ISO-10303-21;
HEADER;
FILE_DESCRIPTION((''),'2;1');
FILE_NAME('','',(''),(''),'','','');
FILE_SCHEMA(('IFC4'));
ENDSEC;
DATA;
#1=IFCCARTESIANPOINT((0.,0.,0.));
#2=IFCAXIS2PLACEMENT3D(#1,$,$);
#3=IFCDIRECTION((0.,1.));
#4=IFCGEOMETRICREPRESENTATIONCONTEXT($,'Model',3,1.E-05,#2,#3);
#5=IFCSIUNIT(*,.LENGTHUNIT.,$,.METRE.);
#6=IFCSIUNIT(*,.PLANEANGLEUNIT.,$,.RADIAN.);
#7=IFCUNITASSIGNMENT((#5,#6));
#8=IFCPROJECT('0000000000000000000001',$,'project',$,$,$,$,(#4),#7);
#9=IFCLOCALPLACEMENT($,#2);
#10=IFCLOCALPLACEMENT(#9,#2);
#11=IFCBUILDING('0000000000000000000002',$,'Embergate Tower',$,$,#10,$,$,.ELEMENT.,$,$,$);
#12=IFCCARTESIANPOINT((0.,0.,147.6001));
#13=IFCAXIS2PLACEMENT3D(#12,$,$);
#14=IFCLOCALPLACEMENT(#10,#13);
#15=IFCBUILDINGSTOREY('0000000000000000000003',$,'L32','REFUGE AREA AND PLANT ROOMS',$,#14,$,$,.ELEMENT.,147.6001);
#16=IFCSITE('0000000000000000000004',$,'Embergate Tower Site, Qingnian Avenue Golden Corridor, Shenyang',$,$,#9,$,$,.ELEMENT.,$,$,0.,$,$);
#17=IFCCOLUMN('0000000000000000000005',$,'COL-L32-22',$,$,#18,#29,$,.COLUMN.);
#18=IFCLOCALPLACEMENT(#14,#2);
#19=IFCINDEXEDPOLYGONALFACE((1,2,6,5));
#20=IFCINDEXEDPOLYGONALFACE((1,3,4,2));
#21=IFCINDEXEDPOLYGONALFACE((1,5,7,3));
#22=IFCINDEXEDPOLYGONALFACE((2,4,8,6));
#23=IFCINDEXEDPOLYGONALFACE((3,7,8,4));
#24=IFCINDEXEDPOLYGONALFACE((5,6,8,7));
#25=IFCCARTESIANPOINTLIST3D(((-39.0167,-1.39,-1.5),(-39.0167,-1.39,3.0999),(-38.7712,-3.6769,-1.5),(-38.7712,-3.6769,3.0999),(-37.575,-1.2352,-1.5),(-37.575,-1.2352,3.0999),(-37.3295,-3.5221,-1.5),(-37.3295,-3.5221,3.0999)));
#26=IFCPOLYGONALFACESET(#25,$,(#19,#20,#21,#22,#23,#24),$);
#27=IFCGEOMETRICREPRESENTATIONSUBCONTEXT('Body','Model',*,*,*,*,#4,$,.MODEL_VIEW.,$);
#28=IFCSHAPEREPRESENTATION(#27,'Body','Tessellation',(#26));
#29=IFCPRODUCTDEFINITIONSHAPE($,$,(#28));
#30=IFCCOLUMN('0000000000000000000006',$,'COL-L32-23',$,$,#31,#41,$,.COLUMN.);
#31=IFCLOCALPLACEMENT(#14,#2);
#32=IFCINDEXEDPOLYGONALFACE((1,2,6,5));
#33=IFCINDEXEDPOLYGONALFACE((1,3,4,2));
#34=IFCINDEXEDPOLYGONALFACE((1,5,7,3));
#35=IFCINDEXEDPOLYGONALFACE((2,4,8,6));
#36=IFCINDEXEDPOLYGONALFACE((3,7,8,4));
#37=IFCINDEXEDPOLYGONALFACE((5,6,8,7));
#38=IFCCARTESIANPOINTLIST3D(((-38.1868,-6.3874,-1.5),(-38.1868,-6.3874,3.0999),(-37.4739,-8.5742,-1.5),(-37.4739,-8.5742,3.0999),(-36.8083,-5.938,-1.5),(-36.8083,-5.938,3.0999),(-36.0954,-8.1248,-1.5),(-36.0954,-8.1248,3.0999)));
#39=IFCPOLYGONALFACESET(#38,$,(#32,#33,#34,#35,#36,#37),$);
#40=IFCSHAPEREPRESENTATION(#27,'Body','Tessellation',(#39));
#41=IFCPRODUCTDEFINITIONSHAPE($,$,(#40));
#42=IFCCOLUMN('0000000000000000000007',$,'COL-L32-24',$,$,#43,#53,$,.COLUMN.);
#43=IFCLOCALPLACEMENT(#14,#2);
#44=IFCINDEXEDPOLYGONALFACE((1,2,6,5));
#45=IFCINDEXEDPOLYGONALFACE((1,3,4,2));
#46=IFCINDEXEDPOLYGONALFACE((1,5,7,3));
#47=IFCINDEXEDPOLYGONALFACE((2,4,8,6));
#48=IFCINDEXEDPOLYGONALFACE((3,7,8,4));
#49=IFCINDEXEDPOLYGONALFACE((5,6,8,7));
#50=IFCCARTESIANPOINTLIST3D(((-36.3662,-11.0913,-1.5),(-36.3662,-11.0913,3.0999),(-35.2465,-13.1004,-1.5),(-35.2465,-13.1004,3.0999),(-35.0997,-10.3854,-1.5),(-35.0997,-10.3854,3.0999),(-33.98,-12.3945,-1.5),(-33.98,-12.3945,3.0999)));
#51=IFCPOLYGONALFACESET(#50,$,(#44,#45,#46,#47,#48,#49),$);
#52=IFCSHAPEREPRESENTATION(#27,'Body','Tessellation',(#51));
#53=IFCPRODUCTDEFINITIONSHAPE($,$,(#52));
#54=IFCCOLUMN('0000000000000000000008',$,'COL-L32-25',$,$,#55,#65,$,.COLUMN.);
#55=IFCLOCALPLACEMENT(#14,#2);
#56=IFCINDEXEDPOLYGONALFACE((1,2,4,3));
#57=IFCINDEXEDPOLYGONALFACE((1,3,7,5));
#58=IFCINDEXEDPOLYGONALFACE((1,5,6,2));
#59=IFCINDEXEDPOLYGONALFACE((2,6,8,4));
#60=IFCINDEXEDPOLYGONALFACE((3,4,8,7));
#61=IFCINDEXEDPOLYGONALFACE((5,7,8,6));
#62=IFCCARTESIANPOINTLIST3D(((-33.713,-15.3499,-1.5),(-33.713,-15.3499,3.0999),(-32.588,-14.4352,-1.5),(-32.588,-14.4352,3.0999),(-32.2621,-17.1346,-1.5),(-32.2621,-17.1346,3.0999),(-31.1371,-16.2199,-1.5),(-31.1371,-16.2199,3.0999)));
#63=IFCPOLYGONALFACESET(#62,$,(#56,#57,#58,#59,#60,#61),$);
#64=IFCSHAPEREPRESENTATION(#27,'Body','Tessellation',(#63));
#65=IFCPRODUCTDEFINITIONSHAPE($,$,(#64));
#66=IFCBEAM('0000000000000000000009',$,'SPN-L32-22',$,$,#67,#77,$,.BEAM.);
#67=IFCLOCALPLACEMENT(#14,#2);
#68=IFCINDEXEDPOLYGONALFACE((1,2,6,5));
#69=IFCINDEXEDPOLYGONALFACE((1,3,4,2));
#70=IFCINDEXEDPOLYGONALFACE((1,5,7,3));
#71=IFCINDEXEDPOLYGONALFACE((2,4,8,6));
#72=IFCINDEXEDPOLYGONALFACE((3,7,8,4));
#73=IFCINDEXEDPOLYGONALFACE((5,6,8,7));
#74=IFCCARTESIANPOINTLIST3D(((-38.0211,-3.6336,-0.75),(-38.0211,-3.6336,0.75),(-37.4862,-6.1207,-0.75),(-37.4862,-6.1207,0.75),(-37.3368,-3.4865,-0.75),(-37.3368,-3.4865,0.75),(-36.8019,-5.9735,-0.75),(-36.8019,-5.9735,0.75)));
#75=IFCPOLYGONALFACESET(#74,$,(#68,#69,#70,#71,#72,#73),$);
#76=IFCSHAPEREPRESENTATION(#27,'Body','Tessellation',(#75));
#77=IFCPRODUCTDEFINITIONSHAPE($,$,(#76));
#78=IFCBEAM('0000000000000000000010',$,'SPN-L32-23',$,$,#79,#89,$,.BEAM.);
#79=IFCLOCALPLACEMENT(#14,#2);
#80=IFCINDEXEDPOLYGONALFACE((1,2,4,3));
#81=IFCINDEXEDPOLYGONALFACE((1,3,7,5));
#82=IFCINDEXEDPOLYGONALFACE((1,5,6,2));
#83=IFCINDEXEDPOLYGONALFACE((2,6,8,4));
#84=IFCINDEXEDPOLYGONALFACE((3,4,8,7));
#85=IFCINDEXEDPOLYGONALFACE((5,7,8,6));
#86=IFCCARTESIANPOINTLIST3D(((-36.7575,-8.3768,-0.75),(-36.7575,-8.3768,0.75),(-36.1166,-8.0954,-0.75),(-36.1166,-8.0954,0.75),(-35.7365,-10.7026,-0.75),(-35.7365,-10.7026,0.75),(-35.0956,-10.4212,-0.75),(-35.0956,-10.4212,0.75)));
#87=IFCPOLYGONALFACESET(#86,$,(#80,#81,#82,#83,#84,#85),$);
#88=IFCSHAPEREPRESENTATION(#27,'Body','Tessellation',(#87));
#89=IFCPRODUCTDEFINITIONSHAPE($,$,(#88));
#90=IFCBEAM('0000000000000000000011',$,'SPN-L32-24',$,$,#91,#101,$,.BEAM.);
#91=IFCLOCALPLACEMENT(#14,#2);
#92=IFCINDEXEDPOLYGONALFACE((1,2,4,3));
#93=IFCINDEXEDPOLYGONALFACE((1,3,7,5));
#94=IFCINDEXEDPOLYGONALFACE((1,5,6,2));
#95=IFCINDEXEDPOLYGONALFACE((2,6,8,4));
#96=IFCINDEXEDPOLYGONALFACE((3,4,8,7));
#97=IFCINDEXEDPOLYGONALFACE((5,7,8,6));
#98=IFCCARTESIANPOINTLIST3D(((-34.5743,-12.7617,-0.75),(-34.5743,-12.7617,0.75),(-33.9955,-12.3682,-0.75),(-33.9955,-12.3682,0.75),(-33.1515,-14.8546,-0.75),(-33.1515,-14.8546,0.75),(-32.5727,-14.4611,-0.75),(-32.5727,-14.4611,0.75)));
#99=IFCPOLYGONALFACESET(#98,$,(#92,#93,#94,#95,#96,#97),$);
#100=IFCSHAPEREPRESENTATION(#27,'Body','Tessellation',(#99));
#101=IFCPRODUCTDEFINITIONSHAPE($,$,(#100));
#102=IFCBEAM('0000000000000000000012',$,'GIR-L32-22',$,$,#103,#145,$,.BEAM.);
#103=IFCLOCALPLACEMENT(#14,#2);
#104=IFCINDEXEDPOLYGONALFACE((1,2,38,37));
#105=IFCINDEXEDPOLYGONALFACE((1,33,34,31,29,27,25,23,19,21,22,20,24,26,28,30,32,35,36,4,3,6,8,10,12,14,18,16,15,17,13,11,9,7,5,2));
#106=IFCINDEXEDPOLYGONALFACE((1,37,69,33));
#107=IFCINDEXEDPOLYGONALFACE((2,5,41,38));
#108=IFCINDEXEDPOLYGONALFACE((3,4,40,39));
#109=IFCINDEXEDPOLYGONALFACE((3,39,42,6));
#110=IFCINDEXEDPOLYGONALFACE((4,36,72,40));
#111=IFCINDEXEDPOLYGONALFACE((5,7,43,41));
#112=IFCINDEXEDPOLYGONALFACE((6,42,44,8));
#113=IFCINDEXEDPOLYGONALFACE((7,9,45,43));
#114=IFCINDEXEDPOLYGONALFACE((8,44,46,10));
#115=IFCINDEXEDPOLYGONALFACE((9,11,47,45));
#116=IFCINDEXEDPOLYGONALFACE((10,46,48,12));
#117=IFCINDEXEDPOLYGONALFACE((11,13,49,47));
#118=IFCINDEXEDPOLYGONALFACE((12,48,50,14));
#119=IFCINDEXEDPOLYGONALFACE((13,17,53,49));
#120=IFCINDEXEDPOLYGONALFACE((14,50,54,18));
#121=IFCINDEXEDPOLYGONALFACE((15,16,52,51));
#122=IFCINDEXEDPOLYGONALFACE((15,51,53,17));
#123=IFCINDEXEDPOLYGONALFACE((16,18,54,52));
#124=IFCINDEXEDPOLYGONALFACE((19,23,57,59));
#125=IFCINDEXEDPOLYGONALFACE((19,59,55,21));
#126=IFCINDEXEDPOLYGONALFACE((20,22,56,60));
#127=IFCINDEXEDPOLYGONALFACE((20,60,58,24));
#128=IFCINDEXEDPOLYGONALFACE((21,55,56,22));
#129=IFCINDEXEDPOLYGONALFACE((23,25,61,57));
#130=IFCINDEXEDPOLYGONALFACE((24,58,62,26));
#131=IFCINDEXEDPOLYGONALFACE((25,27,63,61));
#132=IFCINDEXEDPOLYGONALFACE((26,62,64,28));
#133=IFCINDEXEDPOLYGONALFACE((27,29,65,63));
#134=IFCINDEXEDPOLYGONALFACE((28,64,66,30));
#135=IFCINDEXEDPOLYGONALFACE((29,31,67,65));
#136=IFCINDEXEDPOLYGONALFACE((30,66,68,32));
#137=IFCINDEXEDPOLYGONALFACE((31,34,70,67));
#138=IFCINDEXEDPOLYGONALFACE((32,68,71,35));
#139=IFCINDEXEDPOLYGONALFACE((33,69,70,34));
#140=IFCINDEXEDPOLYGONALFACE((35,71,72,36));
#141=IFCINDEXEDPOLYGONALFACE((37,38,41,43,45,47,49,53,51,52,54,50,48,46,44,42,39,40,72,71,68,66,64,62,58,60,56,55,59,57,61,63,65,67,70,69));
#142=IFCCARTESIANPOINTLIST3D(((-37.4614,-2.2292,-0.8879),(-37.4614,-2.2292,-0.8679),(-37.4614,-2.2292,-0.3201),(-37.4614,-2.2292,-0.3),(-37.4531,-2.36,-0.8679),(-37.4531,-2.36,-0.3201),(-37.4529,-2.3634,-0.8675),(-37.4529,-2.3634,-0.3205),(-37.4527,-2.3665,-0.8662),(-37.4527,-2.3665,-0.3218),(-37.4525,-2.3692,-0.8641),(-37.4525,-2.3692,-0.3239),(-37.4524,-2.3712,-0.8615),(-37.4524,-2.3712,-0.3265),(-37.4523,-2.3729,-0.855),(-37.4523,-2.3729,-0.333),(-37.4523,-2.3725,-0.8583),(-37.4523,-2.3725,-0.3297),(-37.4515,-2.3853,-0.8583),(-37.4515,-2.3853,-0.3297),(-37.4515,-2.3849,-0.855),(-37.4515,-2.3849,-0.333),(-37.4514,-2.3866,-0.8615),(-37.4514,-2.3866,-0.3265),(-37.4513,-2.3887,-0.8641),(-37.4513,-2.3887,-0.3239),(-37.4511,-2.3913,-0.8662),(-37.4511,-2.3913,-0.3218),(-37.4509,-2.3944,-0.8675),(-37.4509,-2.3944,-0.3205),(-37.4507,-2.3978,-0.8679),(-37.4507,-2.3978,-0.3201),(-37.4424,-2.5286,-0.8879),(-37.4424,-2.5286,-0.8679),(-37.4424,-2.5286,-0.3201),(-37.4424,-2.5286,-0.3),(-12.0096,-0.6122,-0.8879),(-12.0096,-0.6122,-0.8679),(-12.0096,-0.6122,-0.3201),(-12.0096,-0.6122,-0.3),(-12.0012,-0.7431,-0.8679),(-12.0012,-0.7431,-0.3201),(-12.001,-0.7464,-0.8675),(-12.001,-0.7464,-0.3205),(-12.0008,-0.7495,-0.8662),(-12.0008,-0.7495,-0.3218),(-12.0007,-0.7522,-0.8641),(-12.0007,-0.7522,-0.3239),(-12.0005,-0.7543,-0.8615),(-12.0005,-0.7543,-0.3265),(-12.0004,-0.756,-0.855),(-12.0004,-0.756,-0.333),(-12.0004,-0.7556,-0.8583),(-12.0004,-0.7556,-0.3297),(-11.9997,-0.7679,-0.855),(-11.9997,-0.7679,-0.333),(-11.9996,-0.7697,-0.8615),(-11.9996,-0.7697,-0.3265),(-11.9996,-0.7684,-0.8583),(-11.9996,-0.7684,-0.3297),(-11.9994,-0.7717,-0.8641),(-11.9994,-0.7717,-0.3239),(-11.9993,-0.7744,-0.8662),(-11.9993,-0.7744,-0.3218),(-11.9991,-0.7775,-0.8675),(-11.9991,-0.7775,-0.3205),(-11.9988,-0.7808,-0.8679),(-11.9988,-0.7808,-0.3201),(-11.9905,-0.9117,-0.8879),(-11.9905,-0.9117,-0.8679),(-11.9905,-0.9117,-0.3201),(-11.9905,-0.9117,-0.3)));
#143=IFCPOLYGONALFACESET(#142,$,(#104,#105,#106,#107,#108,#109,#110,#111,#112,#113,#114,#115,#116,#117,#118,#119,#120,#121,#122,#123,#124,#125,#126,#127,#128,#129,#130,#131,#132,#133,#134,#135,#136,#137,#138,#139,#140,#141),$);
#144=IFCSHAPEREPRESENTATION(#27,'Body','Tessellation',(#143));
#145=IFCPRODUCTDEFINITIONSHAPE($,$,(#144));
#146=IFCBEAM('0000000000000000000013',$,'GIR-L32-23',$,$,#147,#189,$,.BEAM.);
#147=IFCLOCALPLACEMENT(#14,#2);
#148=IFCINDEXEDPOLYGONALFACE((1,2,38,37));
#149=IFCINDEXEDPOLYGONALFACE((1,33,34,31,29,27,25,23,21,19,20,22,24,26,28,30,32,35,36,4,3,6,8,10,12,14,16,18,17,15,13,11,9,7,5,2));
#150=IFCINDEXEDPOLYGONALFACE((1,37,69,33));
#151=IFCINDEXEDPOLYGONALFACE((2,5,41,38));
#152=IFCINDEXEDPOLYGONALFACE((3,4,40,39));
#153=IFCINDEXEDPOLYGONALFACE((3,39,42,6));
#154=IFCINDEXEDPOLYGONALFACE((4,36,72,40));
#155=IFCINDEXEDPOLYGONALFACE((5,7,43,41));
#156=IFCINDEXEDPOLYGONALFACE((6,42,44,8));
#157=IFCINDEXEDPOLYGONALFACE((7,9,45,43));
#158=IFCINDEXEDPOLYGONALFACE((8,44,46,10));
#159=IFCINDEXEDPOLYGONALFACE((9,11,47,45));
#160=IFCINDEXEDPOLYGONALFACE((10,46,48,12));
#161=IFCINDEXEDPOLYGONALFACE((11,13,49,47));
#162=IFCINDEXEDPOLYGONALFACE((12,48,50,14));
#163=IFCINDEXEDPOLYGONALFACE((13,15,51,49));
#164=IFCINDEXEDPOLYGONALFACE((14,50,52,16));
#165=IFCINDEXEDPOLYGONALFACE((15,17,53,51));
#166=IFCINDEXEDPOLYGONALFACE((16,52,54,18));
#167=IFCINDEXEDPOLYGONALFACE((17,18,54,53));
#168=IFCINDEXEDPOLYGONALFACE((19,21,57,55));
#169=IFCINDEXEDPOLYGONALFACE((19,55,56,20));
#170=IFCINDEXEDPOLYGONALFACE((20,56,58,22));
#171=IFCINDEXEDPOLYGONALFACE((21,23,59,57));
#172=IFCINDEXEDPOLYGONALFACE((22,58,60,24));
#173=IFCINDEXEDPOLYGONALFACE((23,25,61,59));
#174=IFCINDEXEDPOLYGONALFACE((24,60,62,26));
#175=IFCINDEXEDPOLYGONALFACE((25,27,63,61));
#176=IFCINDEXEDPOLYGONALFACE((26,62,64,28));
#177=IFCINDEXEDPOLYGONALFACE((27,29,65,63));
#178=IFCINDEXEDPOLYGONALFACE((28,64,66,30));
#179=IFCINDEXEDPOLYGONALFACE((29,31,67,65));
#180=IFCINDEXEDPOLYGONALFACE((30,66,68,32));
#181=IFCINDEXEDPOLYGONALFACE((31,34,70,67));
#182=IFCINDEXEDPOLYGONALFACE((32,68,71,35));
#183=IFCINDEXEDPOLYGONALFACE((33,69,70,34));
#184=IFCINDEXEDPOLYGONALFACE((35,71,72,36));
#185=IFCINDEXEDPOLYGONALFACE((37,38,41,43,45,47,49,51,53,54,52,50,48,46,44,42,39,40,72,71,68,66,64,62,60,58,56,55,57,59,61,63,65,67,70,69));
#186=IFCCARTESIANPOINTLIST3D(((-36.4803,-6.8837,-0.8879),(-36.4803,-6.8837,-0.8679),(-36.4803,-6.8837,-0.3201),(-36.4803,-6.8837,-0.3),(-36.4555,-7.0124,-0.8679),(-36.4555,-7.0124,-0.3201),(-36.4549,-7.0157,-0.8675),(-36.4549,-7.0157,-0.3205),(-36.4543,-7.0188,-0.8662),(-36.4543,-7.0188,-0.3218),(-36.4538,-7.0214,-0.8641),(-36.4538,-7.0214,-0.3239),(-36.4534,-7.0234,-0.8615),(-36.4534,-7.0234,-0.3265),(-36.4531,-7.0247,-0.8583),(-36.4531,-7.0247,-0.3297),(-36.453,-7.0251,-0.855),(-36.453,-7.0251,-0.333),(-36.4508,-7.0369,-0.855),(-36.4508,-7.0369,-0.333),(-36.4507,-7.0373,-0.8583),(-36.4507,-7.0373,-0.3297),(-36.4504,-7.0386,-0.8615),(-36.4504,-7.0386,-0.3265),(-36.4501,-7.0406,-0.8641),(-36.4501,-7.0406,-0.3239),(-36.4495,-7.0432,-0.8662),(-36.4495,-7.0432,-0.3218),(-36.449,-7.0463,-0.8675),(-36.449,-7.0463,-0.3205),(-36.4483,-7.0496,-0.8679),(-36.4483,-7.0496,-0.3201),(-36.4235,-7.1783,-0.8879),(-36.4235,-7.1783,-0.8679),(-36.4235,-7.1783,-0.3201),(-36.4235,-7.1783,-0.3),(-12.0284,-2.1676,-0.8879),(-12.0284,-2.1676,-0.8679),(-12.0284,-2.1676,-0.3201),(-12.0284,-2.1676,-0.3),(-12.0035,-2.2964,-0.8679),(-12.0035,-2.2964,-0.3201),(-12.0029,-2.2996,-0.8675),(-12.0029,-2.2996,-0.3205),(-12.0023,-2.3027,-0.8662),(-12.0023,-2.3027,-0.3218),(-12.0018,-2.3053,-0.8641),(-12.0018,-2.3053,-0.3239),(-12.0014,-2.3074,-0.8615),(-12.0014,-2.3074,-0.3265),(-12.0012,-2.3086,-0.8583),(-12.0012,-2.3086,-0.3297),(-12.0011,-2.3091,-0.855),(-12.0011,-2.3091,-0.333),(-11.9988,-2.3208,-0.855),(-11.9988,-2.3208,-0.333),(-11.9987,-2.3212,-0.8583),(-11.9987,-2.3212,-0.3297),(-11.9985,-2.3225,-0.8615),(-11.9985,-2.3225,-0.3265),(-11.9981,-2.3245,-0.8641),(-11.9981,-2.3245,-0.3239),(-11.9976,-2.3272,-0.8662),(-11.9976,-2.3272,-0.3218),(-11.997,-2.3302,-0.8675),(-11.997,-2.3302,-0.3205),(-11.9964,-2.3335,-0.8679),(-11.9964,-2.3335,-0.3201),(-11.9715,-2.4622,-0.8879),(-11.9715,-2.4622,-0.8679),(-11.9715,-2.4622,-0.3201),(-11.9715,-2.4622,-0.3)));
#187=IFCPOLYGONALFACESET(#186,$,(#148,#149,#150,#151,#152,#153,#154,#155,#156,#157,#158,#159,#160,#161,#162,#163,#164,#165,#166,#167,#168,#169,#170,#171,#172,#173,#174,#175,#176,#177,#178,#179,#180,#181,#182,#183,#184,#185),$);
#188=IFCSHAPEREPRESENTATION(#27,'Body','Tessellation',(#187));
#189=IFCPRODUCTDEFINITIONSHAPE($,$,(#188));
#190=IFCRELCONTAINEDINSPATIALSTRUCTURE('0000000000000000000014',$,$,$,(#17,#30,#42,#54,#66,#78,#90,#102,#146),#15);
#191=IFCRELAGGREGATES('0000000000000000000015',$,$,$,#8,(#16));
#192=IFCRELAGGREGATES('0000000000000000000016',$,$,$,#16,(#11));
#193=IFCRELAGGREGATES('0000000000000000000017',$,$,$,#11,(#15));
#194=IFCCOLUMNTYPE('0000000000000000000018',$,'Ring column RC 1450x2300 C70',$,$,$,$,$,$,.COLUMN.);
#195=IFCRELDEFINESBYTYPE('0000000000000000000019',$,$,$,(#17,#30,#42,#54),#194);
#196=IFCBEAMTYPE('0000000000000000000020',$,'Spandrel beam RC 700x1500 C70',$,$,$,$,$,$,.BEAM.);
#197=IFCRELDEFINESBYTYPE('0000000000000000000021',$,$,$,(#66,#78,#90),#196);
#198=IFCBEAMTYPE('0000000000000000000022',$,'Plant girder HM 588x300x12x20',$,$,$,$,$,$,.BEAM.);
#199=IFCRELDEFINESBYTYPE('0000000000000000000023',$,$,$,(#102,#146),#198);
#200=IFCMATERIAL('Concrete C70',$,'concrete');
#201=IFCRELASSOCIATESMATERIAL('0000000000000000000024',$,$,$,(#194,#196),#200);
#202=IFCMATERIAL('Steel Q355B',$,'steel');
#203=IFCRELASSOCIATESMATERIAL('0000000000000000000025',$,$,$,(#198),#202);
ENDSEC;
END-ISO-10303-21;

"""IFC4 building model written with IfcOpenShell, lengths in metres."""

from ifc_helpers import new_model, si_unit, direction, frame, origin, origin_2d, place, context, subcontext, project, spatial, rectangle, i_section, extrude, source, transform, mapped, material, material_profile, profile_set, type_object, element, save


model = new_model("IFC4")

# Units and contexts
model_context = context("Model", 3, precision=1e-05, world=origin(), true_north=direction((0.0, 1.0)))
body_context = subcontext(model_context, "Body", "Model", "MODEL_VIEW")
ifc_project = project(units=[si_unit("LENGTHUNIT", "METRE"), si_unit("PLANEANGLEUNIT", "RADIAN")], contexts=[model_context])

# Site, building, storey
site_placement = place(None, origin())
site = spatial("IfcSite", under=ifc_project, at=site_placement, Name="Embergate Tower Site, Qingnian Avenue Golden Corridor, Shenyang", CompositionType="ELEMENT", RefElevation=0.0)
building_placement = place(site_placement, origin())
building = spatial("IfcBuilding", under=site, at=building_placement, Name="Embergate Tower", CompositionType="ELEMENT")
storey_placement = place(building_placement, frame((0.0, 0.0, 147.6001)))
storey = spatial("IfcBuildingStorey", under=building, at=storey_placement, Name="L32", Description="REFUGE AREA AND PLANT ROOMS", CompositionType="ELEMENT", Elevation=147.6001)

# Columns
ifc_material_1 = material(Name="Concrete C70", Category="concrete")
ifc_material_profile_1 = material_profile(ifc_material_1, rectangle(XDim=1.45, YDim=2.3, at=origin_2d()), Name="RC 1450x2300")
ifc_profile_set_1 = profile_set([ifc_material_profile_1], Name="Concrete C70")
column_type = type_object("IfcColumnType", Name="Ring column RC 1450x2300 C70", PredefinedType="COLUMN", material=ifc_profile_set_1)
shared_shape_1 = source(origin(), body_context, "Body", "SweptSolid", [
    extrude(rectangle(XDim=1.45, YDim=2.3, at=origin_2d()), origin(), (0.0, 0.0, 1.0), 4.5999),
])
for number, where, z_axis, x_axis, name in (
    (1, (-38.1731, -2.4561, -1.5), (0.0, 0.0, 1.0), (-0.994286, -0.10675, 0.0), "COL-L32-22"),
    (2, (-37.1411, -7.2561, -1.5), (0.0, 0.0, 1.0), (-0.950754, -0.309946, 0.0), "COL-L32-23"),
    (3, (-35.1731, -11.7429, -1.5), (0.0, 0.0, 1.0), (-0.873492, -0.486839, 0.0), "COL-L32-24"),
    (4, (-32.425, -15.7849, -1.5), (0.0, 0.0, 1.0), (-0.775914, -0.630838, 0.0), "COL-L32-25"),
):
    element("IfcColumn", number, at=place(storey_placement, frame(where, z_axis=z_axis, x_axis=x_axis)), inside=storey, type_object=column_type, Name=name, PredefinedType="COLUMN", context=body_context, shape_type="MappedRepresentation", body=[
        mapped(shared_shape_1, transform((0.0, 0.0, 0.0))),
    ])

# Beams
ifc_material_profile_2 = material_profile(ifc_material_1, rectangle(XDim=0.7, YDim=1.5, at=origin_2d()), Name="RC 700x1500")
ifc_profile_set_2 = profile_set([ifc_material_profile_2], Name="Concrete C70")
beam_type_1 = type_object("IfcBeamType", Name="Spandrel beam RC 700x1500 C70", PredefinedType="BEAM", material=ifc_profile_set_2)
shared_shape_2 = source(origin(), body_context, "Body", "SweptSolid", [
    extrude(rectangle(XDim=0.7, YDim=1.5, at=origin_2d()), origin(), (0.0, 0.0, 1.0), 2.5439),
])
beam_1_placement = place(storey_placement, frame((-37.679, -3.5601, 0.0), z_axis=(0.21027, -0.977643, 0.0), x_axis=(0.977643, 0.21027, 0.0)))
element("IfcBeam", 5, at=beam_1_placement, inside=storey, type_object=beam_type_1, Name="SPN-L32-22", PredefinedType="BEAM", context=body_context, shape_type="MappedRepresentation", body=[
    mapped(shared_shape_2, transform((0.0, 0.0, 0.0))),
])
shared_shape_3 = source(origin(), body_context, "Body", "SweptSolid", [
    extrude(rectangle(XDim=0.7, YDim=1.5, at=origin_2d()), origin(), (0.0, 0.0, 1.0), 2.54),
])
beam_2_placement = place(storey_placement, frame((-36.437, -8.2361, 0.0), z_axis=(0.401943, -0.915665, 0.0), x_axis=(0.915665, 0.401943, 0.0)))
element("IfcBeam", 6, at=beam_2_placement, inside=storey, type_object=beam_type_1, Name="SPN-L32-23", PredefinedType="BEAM", context=body_context, shape_type="MappedRepresentation", body=[
    mapped(shared_shape_3, transform((0.0, 0.0, 0.0))),
])
shared_shape_4 = source(origin(), body_context, "Body", "SweptSolid", [
    extrude(rectangle(XDim=0.7, YDim=1.5, at=origin_2d()), origin(), (0.0, 0.0, 1.0), 2.5308),
])
beam_3_placement = place(storey_placement, frame((-34.2849, -12.5649, 0.0), z_axis=(0.562202, -0.827, 0.0), x_axis=(0.827, 0.562202, 0.0)))
element("IfcBeam", 7, at=beam_3_placement, inside=storey, type_object=beam_type_1, Name="SPN-L32-24", PredefinedType="BEAM", context=body_context, shape_type="MappedRepresentation", body=[
    mapped(shared_shape_4, transform((0.0, 0.0, 0.0))),
])
ifc_material_2 = material(Name="Steel Q355B", Category="steel")
ifc_material_profile_3 = material_profile(ifc_material_2, i_section(OverallWidth=0.3, OverallDepth=0.5879, WebThickness=0.012, FlangeThickness=0.02, FilletRadius=0.0129, at=origin_2d()), Name="HM 588x300x12x20")
ifc_profile_set_3 = profile_set([ifc_material_profile_3], Name="Steel Q355 grade B")
beam_type_2 = type_object("IfcBeamType", Name="Plant girder HM 588x300x12x20", PredefinedType="BEAM", material=ifc_profile_set_3)
shared_shape_5 = source(origin(), body_context, "Body", "SweptSolid", [
    extrude(i_section(OverallWidth=0.3, OverallDepth=0.5879, WebThickness=0.012, FlangeThickness=0.02, FilletRadius=0.0129, at=origin_2d()), origin(), (0.0, 0.0, 1.0), 25.5032),
])
beam_4_placement = place(storey_placement, frame((-37.4519, -2.3789, -0.594), z_axis=(0.997988, 0.063402, 0.0), x_axis=(-0.063402, 0.997988, 0.0)))
element("IfcBeam", 8, at=beam_4_placement, inside=storey, type_object=beam_type_2, Name="GIR-L32-22", PredefinedType="BEAM", context=body_context, shape_type="MappedRepresentation", body=[
    mapped(shared_shape_5, transform((0.0, 0.0, 0.0))),
])
shared_shape_6 = source(origin(), body_context, "Body", "SweptSolid", [
    extrude(i_section(OverallWidth=0.3, OverallDepth=0.5879, WebThickness=0.012, FlangeThickness=0.02, FilletRadius=0.0129, at=origin_2d()), origin(), (0.0, 0.0, 1.0), 24.9026),
])
beam_5_placement = place(storey_placement, frame((-36.4519, -7.031, -0.594), z_axis=(0.981904, 0.189381, 0.0), x_axis=(-0.189381, 0.981904, 0.0)))
element("IfcBeam", 9, at=beam_5_placement, inside=storey, type_object=beam_type_2, Name="GIR-L32-23", PredefinedType="BEAM", context=body_context, shape_type="MappedRepresentation", body=[
    mapped(shared_shape_6, transform((0.0, 0.0, 0.0))),
])

save(model, "model.ifc")
